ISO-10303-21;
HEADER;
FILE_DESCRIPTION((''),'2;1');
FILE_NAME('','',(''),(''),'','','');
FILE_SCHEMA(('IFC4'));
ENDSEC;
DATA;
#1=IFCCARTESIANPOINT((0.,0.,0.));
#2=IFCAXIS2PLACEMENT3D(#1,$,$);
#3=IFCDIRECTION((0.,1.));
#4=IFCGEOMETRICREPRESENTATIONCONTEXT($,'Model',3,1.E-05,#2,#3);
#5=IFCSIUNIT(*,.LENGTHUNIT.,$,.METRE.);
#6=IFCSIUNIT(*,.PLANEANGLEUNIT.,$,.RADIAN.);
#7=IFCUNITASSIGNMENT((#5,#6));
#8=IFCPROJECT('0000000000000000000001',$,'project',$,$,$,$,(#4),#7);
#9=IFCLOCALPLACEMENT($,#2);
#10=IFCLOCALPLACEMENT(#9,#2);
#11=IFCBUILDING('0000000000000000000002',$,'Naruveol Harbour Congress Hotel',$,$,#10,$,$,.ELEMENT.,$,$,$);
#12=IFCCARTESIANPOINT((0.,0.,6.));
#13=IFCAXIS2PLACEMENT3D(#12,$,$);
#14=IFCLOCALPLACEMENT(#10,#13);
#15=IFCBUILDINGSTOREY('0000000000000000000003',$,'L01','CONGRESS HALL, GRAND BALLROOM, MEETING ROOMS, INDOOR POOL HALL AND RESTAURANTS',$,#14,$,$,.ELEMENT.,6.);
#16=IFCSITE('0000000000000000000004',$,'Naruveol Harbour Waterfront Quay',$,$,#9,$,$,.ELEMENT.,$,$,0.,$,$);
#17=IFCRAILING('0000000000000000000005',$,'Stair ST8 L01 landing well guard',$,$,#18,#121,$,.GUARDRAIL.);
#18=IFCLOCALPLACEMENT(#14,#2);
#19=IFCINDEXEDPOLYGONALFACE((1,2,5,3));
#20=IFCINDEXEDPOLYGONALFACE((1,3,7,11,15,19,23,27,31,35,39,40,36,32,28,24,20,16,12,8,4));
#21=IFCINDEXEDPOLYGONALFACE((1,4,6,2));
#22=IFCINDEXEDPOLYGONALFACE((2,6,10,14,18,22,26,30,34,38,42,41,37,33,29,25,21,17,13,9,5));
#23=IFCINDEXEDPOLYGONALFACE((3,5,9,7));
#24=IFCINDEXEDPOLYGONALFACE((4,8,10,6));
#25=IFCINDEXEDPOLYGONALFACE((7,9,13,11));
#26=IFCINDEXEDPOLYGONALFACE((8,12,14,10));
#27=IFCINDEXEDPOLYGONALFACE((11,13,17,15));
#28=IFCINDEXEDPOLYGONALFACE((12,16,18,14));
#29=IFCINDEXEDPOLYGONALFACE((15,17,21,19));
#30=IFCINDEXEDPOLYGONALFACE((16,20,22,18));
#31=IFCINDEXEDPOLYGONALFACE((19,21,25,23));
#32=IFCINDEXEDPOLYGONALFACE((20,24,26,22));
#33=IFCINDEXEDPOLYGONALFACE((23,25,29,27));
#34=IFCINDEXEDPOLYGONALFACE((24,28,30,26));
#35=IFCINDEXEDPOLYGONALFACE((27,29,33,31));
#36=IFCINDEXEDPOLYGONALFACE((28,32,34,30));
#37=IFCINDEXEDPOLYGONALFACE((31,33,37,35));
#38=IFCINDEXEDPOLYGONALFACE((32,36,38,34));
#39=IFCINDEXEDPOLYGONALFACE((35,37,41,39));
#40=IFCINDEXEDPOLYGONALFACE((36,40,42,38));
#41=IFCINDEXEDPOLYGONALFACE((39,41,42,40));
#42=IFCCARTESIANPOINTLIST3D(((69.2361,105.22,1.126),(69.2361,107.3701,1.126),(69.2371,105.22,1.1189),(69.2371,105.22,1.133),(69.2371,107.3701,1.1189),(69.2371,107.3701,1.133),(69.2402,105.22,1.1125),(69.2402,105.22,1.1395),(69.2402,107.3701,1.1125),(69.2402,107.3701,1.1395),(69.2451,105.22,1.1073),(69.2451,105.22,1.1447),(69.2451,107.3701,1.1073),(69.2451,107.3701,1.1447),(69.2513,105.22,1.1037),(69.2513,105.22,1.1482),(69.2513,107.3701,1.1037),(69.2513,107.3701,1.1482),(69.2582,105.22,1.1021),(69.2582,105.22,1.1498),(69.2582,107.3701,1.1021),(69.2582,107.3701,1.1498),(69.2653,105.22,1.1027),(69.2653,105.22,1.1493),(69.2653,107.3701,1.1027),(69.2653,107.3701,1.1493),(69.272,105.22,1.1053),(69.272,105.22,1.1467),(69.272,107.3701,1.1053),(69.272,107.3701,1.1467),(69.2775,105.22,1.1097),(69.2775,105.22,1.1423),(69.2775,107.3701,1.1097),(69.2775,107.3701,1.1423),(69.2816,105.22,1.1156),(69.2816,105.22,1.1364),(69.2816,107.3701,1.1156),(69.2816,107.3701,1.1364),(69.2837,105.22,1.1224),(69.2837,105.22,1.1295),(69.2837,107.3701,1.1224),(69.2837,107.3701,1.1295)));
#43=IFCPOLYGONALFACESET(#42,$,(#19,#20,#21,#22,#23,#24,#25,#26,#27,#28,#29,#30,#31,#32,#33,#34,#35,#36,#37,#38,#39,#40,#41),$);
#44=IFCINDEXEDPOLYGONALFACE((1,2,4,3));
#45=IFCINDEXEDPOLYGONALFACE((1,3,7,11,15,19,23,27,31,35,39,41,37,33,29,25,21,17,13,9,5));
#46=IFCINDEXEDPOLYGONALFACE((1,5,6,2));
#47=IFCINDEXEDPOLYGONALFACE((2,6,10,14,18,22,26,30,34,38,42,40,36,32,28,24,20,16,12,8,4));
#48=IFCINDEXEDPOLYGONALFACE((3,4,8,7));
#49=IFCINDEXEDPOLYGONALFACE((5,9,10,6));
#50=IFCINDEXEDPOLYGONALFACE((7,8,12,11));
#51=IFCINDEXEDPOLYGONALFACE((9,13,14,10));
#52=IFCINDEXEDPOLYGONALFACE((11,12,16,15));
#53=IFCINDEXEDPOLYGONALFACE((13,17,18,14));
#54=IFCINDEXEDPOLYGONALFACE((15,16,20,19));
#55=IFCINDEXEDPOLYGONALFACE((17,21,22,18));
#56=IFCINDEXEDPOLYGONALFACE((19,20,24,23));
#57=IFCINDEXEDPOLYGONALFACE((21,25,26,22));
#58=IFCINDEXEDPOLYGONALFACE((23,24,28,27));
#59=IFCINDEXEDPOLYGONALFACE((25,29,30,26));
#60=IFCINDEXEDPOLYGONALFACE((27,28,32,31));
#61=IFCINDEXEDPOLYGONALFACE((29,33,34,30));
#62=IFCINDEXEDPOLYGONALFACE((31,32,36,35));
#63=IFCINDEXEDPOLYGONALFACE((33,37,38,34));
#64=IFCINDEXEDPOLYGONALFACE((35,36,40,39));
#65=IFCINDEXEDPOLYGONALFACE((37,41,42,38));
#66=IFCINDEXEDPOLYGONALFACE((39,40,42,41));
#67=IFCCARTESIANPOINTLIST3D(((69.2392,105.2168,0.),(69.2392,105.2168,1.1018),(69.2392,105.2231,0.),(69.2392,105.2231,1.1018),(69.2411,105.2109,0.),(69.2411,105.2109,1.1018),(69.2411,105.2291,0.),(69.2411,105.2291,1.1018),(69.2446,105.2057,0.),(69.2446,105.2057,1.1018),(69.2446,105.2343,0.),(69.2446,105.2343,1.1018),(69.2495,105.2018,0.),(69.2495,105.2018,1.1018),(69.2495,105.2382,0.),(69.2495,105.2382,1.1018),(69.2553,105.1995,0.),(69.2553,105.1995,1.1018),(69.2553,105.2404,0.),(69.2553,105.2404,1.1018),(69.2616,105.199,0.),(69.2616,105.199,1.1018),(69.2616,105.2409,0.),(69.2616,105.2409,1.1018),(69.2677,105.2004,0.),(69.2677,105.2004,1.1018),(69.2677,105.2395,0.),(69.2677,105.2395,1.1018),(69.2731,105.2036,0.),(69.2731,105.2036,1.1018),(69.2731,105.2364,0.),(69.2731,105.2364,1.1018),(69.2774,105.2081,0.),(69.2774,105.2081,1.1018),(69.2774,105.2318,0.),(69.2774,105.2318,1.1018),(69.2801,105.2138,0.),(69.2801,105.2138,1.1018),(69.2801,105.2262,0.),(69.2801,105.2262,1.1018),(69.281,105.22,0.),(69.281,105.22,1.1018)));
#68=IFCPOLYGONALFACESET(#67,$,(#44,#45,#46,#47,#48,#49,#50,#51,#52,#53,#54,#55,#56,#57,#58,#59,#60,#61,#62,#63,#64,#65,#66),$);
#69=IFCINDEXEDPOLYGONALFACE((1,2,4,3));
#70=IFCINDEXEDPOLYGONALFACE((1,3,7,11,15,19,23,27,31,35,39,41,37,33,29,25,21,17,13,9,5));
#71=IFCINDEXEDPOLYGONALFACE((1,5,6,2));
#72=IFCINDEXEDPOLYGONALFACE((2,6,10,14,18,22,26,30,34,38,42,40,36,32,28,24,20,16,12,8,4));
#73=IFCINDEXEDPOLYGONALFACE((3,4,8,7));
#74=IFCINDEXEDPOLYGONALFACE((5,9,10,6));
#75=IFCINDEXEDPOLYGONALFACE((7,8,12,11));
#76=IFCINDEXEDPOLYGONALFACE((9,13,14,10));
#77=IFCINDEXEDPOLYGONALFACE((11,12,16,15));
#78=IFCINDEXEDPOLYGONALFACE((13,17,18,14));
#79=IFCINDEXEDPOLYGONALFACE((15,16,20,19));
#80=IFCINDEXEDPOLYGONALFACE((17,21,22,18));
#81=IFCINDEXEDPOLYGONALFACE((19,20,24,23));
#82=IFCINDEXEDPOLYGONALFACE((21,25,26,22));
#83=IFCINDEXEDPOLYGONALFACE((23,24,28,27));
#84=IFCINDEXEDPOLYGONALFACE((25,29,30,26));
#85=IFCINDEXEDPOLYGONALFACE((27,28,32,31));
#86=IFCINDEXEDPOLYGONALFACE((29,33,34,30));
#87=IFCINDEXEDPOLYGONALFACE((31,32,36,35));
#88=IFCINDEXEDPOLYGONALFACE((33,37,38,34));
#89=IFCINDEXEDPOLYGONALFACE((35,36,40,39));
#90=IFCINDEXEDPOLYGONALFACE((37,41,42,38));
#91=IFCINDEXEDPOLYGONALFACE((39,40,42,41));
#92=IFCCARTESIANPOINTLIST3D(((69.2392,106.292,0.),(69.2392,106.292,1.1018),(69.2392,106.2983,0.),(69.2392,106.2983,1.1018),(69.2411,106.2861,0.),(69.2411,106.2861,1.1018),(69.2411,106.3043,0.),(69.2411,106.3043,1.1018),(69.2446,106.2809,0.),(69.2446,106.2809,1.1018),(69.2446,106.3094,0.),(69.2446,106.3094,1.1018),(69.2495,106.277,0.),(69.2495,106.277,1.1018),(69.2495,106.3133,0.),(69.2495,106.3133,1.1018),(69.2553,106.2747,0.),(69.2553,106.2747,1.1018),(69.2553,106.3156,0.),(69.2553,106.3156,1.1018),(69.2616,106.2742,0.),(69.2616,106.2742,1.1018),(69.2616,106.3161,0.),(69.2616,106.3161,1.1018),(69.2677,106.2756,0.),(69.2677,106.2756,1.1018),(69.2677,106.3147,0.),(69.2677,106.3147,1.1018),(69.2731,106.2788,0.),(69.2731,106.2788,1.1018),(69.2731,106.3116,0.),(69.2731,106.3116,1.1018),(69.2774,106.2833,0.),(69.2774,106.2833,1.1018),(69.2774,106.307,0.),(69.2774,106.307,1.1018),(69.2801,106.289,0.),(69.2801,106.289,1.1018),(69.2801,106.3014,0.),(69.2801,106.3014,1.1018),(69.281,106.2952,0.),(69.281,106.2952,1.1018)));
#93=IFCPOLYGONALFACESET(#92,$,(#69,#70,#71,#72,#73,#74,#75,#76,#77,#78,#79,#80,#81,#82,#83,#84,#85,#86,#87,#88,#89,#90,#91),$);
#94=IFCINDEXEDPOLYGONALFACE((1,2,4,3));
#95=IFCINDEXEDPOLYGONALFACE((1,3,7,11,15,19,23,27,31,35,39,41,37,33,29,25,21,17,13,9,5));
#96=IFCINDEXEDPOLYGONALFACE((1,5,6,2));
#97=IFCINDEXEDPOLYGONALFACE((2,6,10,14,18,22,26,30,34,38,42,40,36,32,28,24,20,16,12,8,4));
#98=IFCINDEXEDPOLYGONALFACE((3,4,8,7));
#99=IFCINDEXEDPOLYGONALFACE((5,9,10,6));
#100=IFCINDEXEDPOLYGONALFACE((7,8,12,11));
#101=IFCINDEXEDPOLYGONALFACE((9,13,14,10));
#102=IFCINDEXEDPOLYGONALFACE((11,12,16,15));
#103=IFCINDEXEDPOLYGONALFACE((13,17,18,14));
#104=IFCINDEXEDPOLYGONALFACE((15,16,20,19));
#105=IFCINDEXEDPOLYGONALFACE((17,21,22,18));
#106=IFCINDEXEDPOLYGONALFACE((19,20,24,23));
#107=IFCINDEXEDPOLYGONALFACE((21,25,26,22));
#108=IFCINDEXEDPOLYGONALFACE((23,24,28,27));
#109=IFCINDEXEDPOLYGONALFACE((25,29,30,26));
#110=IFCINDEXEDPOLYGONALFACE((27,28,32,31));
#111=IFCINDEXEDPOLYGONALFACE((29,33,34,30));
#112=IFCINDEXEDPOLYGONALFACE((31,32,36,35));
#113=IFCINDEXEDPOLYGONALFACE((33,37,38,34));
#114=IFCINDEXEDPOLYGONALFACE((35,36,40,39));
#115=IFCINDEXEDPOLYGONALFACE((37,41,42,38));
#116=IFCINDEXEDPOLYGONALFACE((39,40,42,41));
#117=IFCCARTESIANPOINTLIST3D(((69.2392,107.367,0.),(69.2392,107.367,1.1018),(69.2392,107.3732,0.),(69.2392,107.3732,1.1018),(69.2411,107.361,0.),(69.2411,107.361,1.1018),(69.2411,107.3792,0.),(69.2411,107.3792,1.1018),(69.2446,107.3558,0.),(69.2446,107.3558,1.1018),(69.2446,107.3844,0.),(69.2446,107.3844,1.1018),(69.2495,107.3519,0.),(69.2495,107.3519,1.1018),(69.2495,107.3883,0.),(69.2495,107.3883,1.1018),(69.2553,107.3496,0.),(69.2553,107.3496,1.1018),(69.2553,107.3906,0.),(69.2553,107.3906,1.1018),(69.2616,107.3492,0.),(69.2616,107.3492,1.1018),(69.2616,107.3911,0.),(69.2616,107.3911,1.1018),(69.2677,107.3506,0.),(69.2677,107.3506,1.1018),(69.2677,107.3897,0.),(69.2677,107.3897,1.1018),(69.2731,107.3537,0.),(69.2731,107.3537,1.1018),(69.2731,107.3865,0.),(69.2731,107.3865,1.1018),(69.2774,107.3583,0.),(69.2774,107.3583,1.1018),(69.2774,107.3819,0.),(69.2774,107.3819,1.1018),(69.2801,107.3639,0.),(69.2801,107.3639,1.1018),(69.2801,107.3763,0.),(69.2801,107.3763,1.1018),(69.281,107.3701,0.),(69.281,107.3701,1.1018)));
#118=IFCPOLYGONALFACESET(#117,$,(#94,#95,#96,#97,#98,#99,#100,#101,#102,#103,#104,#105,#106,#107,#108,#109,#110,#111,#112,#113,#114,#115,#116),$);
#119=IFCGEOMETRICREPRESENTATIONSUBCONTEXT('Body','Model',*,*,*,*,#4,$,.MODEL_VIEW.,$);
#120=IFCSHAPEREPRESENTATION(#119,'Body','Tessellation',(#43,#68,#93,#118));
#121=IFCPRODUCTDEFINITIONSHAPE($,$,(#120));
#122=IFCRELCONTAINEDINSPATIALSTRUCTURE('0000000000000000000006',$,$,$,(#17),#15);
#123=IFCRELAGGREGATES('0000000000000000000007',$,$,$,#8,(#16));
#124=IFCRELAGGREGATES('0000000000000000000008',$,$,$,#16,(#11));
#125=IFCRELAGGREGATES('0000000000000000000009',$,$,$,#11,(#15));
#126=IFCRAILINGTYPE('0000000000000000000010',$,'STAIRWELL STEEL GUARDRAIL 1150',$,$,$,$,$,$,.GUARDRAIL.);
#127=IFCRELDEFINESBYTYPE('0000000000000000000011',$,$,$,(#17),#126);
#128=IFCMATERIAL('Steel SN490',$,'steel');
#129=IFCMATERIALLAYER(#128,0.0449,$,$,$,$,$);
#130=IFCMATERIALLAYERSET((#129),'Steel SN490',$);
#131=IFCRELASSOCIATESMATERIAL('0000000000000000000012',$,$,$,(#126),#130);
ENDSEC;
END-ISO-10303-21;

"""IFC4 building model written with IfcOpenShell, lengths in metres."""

from ifc_helpers import new_model, si_unit, direction, frame, origin, origin_2d, place, context, subcontext, project, spatial, circle, extrude, material, layer, layer_set, type_object, element, save


model = new_model("IFC4")

# Units and contexts
model_context = context("Model", 3, precision=1e-05, world=origin(), true_north=direction((0.0, 1.0)))
body_context = subcontext(model_context, "Body", "Model", "MODEL_VIEW")
ifc_project = project(units=[si_unit("LENGTHUNIT", "METRE"), si_unit("PLANEANGLEUNIT", "RADIAN")], contexts=[model_context])

# Site, building, storey
site_placement = place(None, origin())
site = spatial("IfcSite", under=ifc_project, at=site_placement, Name="Naruveol Harbour Waterfront Quay", CompositionType="ELEMENT", RefElevation=0.0)
building_placement = place(site_placement, origin())
building = spatial("IfcBuilding", under=site, at=building_placement, Name="Naruveol Harbour Congress Hotel", CompositionType="ELEMENT")
storey_placement = place(building_placement, frame((0.0, 0.0, 6.0)))
storey = spatial("IfcBuildingStorey", under=building, at=storey_placement, Name="L01", Description="CONGRESS HALL, GRAND BALLROOM, MEETING ROOMS, INDOOR POOL HALL AND RESTAURANTS", CompositionType="ELEMENT", Elevation=6.0)

# Railing
ifc_material_1 = material(Name="Steel SN490", Category="steel")
ifc_layer_1 = layer(ifc_material_1, 0.0449)
ifc_layer_set_1 = layer_set([ifc_layer_1], Name="Steel SN490")
railing_type_1 = type_object("IfcRailingType", Name="STAIRWELL STEEL GUARDRAIL 1150", PredefinedType="GUARDRAIL", material=ifc_layer_set_1)
railing_1_placement = place(storey_placement, frame((69.26, 105.22, 0.0)))
element("IfcRailing", 1, at=railing_1_placement, inside=storey, type_object=railing_type_1, Name="Stair ST8 L01 landing well guard", PredefinedType="GUARDRAIL", context=body_context, shape_type="SweptSolid", body=[
    extrude(circle(Radius=0.0239, at=origin_2d()), frame((0.0, 0.0, 1.126), z_axis=(0.0, 1.0, 0.0), x_axis=(-1.0, 0.0, 0.0)), (0.0, 0.0, 1.0), 2.1501),
    extrude(circle(Radius=0.021, at=origin_2d()), origin(), (0.0, 0.0, 1.0), 1.1018),
    extrude(circle(Radius=0.021, at=origin_2d()), frame((0.0, 1.0752, 0.0)), (0.0, 0.0, 1.0), 1.1018),
    extrude(circle(Radius=0.021, at=origin_2d()), frame((0.0, 2.1501, 0.0)), (0.0, 0.0, 1.0), 1.1018),
])

save(model, "model.ifc")
